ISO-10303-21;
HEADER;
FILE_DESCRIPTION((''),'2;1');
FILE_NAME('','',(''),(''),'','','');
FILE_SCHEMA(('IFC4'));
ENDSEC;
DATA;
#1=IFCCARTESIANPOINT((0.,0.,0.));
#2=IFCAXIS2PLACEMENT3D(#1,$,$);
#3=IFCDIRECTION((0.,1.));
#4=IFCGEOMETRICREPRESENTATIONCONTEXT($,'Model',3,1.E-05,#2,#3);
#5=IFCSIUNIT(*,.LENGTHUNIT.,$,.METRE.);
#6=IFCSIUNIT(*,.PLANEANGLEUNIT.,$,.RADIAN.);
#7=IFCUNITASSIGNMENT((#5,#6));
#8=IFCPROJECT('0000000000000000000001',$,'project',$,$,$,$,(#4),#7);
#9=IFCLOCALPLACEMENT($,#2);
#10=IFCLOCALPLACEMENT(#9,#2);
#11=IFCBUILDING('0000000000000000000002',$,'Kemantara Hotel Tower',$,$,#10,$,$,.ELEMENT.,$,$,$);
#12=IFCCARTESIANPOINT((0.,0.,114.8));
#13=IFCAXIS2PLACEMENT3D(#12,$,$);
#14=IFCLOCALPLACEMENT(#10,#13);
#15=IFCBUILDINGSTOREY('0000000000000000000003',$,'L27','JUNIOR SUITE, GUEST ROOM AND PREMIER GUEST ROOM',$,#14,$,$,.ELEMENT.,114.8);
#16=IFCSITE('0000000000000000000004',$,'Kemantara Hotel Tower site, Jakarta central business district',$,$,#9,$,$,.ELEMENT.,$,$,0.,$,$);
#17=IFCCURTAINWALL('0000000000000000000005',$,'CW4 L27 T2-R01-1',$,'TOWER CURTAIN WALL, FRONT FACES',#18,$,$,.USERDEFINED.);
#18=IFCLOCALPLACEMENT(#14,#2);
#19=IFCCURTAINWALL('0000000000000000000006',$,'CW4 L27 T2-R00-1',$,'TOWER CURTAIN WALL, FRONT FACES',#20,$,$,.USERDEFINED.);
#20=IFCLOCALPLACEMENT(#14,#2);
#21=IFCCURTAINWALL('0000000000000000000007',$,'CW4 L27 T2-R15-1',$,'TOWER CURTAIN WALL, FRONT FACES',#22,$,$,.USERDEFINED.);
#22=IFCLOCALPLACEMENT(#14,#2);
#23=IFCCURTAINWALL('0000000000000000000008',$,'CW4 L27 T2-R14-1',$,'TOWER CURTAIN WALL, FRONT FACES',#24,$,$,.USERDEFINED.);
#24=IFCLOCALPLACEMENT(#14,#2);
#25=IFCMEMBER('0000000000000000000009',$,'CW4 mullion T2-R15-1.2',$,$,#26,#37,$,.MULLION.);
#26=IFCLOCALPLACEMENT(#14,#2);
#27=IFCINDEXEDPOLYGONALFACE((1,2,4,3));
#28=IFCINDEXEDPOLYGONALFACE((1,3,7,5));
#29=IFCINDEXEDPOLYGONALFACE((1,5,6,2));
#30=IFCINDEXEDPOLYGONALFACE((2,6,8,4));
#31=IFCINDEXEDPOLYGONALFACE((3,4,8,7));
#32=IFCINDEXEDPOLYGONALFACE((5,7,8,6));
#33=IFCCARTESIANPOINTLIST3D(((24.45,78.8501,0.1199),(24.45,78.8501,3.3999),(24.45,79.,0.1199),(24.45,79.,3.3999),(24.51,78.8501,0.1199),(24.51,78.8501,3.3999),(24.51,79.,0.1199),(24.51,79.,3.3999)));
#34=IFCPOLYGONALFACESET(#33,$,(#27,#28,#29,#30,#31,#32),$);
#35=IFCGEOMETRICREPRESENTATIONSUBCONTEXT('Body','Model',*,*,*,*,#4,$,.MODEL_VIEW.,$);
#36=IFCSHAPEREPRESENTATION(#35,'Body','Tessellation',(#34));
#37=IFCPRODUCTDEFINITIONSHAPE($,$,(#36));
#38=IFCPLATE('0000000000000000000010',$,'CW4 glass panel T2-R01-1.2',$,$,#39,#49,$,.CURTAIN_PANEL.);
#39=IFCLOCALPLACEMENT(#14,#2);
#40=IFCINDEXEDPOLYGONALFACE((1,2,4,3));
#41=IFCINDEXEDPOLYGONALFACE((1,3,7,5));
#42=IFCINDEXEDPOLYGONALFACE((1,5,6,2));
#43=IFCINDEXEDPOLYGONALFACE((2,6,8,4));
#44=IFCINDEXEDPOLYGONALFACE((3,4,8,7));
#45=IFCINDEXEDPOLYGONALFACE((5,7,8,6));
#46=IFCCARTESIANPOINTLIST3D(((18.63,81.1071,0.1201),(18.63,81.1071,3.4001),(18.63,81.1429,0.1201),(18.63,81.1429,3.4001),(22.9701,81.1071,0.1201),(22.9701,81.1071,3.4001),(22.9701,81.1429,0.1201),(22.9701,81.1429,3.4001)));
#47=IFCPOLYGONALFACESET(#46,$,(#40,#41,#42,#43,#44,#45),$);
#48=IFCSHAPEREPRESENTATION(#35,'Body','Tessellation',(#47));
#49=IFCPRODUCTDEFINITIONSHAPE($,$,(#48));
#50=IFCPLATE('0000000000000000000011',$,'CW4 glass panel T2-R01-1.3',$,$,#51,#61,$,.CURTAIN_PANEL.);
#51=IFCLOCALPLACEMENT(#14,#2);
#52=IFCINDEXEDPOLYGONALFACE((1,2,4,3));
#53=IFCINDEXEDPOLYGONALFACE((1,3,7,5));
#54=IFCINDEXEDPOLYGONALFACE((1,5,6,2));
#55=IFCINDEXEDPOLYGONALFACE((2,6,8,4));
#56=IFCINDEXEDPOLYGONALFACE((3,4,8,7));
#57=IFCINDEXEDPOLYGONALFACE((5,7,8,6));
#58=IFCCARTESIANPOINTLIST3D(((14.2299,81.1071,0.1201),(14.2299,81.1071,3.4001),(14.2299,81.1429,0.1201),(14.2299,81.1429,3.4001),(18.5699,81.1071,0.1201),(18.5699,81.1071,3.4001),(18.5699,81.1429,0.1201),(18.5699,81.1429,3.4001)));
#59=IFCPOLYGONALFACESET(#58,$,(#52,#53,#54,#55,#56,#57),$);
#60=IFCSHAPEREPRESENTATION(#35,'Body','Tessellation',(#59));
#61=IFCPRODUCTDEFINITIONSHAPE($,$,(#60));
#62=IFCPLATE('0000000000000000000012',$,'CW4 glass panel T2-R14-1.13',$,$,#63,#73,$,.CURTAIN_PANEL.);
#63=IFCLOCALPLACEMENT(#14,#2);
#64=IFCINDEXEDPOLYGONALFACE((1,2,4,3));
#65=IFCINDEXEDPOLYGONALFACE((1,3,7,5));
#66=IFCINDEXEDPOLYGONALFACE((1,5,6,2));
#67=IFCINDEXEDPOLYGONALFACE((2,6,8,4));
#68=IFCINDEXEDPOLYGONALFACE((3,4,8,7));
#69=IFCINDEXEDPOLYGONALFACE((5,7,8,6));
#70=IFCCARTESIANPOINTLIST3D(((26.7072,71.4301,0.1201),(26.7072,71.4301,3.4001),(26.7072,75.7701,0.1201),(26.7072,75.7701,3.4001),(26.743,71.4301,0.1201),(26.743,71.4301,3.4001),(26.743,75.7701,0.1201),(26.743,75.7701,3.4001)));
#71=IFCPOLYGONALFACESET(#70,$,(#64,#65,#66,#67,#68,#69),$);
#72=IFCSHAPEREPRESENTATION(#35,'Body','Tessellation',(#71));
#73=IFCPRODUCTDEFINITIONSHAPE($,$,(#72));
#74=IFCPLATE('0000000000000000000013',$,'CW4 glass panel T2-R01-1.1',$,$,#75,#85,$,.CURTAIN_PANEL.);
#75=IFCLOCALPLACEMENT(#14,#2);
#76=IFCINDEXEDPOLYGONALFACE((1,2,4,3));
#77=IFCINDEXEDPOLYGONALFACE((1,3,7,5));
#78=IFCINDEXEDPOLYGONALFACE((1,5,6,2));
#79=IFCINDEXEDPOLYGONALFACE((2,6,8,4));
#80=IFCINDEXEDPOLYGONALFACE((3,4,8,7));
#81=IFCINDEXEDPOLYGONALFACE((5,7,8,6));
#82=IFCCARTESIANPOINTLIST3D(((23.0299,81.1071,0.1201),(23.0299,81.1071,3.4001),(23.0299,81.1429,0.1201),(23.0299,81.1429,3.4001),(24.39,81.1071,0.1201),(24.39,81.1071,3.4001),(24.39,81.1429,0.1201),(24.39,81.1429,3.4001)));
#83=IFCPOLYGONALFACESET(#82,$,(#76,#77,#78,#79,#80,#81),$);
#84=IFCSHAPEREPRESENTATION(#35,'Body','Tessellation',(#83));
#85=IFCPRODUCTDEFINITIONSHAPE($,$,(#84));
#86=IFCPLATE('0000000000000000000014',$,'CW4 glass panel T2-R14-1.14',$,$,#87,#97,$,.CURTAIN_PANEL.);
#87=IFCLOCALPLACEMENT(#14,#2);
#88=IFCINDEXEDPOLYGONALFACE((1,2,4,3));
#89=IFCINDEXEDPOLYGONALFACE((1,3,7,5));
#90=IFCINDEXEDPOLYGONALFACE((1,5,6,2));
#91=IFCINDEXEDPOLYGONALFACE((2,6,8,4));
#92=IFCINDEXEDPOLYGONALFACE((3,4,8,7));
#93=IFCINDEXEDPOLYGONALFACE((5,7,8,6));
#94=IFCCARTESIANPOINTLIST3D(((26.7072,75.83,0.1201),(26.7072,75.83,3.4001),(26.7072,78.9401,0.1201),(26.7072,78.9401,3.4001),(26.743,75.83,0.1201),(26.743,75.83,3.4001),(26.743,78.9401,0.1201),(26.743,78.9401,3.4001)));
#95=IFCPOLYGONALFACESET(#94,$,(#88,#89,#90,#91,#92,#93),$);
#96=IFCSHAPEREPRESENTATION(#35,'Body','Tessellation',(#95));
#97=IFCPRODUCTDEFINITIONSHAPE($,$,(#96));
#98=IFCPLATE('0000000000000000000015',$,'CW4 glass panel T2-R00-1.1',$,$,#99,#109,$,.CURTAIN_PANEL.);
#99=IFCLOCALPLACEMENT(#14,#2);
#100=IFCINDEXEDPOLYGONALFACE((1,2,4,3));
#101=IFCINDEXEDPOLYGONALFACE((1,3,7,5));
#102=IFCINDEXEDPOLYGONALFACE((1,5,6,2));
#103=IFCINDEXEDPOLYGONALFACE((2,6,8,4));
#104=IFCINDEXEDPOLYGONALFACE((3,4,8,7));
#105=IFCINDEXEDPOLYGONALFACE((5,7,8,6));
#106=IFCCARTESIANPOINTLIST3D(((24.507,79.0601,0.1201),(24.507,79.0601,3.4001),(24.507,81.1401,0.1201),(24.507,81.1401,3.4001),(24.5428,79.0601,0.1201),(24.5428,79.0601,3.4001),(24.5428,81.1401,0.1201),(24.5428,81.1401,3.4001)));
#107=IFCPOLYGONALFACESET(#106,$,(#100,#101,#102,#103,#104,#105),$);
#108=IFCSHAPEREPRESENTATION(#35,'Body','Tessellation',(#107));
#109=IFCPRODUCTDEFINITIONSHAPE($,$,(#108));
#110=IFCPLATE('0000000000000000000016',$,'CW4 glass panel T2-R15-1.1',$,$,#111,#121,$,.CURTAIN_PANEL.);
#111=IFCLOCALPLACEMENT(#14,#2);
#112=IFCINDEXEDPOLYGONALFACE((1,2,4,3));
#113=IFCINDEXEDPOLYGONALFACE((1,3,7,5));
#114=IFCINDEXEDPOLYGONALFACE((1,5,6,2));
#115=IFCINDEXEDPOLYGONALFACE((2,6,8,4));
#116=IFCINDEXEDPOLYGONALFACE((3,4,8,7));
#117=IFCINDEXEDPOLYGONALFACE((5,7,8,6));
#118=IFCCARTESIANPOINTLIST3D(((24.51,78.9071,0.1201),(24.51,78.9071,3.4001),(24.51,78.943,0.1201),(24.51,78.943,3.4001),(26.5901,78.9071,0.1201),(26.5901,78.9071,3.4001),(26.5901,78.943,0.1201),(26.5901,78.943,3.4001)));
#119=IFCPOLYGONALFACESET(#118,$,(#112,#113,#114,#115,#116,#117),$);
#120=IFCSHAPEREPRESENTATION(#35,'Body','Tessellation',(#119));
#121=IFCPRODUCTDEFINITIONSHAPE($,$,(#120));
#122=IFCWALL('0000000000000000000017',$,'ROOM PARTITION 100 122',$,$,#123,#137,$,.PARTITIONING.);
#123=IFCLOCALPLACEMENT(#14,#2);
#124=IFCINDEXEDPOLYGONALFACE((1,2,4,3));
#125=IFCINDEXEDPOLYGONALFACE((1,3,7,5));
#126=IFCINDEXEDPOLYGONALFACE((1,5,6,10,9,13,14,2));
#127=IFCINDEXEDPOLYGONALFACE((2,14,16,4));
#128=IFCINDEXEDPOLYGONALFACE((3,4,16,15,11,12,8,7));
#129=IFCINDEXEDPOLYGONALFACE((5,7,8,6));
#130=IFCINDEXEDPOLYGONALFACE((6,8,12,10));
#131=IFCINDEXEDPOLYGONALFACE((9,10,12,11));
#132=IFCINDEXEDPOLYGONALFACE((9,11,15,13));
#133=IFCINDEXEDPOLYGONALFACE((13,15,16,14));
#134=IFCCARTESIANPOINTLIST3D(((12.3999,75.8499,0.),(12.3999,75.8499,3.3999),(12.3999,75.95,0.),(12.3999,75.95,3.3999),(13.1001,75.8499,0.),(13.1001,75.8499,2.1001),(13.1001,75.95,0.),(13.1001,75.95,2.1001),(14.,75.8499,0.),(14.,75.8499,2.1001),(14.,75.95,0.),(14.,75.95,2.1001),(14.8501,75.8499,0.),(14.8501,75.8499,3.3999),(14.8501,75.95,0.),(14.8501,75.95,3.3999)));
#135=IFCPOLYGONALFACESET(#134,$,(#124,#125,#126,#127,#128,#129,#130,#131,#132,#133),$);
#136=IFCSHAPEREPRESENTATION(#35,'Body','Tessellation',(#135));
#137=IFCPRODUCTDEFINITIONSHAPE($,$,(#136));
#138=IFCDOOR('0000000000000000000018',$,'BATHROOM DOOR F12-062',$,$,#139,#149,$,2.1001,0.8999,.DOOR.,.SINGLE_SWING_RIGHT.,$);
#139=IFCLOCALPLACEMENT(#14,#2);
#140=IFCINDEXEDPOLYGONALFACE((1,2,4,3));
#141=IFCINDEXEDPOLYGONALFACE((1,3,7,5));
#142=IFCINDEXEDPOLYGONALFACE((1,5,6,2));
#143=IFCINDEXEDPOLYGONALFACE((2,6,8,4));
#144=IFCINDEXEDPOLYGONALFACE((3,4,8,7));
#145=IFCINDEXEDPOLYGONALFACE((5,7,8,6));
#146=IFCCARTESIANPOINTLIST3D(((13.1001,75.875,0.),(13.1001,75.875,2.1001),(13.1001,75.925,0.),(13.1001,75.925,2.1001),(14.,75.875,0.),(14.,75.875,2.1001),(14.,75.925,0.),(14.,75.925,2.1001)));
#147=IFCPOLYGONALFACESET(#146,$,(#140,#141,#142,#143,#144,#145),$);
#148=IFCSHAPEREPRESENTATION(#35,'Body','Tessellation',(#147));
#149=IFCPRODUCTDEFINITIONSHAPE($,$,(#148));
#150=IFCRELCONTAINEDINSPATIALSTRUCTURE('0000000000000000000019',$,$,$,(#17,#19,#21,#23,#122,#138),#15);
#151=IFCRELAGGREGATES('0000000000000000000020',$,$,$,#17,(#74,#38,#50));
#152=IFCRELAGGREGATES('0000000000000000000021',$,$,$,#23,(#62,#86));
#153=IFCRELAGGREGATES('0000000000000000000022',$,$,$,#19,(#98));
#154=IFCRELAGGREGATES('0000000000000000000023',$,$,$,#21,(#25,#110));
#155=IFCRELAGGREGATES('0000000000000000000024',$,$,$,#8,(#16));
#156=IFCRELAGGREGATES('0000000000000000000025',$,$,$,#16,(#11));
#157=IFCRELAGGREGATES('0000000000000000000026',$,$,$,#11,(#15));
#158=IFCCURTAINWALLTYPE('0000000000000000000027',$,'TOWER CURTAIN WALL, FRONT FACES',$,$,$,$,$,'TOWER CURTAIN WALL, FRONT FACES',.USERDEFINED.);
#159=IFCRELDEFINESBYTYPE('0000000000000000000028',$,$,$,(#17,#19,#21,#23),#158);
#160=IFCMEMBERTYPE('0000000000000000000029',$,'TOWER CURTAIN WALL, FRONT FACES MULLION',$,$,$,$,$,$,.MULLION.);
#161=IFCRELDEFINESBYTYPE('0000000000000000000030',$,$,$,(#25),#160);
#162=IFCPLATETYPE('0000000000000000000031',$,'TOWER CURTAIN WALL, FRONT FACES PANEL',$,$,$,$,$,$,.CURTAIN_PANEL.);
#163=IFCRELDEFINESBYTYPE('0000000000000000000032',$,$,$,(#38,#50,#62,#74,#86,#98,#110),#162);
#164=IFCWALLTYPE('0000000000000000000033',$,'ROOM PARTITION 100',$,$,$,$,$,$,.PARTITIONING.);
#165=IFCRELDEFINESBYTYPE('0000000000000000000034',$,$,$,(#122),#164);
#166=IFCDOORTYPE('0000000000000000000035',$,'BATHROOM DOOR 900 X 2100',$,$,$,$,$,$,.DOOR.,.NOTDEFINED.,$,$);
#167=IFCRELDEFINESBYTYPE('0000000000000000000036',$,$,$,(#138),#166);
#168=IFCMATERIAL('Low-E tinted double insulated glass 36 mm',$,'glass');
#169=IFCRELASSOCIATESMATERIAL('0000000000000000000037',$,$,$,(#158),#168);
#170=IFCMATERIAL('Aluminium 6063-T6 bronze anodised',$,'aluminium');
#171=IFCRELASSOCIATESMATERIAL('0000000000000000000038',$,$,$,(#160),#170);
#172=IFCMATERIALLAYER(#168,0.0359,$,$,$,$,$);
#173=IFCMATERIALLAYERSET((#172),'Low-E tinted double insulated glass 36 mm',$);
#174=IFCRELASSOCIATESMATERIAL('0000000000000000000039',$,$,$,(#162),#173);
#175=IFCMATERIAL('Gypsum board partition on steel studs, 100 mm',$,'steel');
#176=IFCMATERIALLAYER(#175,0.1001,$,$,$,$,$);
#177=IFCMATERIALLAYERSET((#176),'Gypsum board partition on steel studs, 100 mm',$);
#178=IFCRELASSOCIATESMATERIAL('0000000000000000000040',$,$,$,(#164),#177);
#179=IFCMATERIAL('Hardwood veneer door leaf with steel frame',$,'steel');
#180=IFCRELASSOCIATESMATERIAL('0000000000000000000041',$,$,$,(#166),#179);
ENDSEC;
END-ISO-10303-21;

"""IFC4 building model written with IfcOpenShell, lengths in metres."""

from ifc_helpers import new_model, si_unit, direction, frame, frame_2d, origin, origin_2d, place, context, subcontext, project, spatial, rectangle, extrude, source, transform, mapped, material, layer, layer_set, material_profile, profile_set, type_object, element, fill, aggregate, save


model = new_model("IFC4")

# Units and contexts
model_context = context("Model", 3, precision=1e-05, world=origin(), true_north=direction((0.0, 1.0)))
body_context = subcontext(model_context, "Body", "Model", "MODEL_VIEW")
ifc_project = project(units=[si_unit("LENGTHUNIT", "METRE"), si_unit("PLANEANGLEUNIT", "RADIAN")], contexts=[model_context])

# Site, building, storey
site_placement = place(None, origin())
site = spatial("IfcSite", under=ifc_project, at=site_placement, Name="Kemantara Hotel Tower site, Jakarta central business district", CompositionType="ELEMENT", RefElevation=0.0)
building_placement = place(site_placement, origin())
building = spatial("IfcBuilding", under=site, at=building_placement, Name="Kemantara Hotel Tower", CompositionType="ELEMENT")
storey_placement = place(building_placement, frame((0.0, 0.0, 114.8)))
storey = spatial("IfcBuildingStorey", under=building, at=storey_placement, Name="L27", Description="JUNIOR SUITE, GUEST ROOM AND PREMIER GUEST ROOM", CompositionType="ELEMENT", Elevation=114.8)

# Curtain walls
ifc_material_1 = material(Name="Low-E tinted double insulated glass 36 mm", Category="glass")
curtain_wall_type = type_object("IfcCurtainWallType", Name="TOWER CURTAIN WALL, FRONT FACES", ElementType="TOWER CURTAIN WALL, FRONT FACES", PredefinedType="USERDEFINED", material=ifc_material_1)
curtain_wall_1_placement = place(storey_placement, origin())
curtain_wall_1 = element("IfcCurtainWall", 1, at=curtain_wall_1_placement, inside=storey, type_object=curtain_wall_type, Name="CW4 L27 T2-R01-1", ObjectType="TOWER CURTAIN WALL, FRONT FACES", PredefinedType="USERDEFINED")
ifc_material_2 = material(Name="Aluminium 6063-T6 bronze anodised", Category="aluminium")
curtain_wall_2_placement = place(storey_placement, origin())
curtain_wall_2 = element("IfcCurtainWall", 2, at=curtain_wall_2_placement, inside=storey, type_object=curtain_wall_type, Name="CW4 L27 T2-R00-1", ObjectType="TOWER CURTAIN WALL, FRONT FACES", PredefinedType="USERDEFINED")
curtain_wall_3_placement = place(storey_placement, origin())
curtain_wall_3 = element("IfcCurtainWall", 3, at=curtain_wall_3_placement, inside=storey, type_object=curtain_wall_type, Name="CW4 L27 T2-R15-1", ObjectType="TOWER CURTAIN WALL, FRONT FACES", PredefinedType="USERDEFINED")

# Shared definitions
ifc_material_profile_1 = material_profile(ifc_material_2, rectangle(XDim=0.1499, YDim=0.0601, at=origin_2d()), Name="TOWER CURTAIN WALL, FRONT FACES MULLION")
ifc_profile_set_1 = profile_set([ifc_material_profile_1], Name="Aluminium 6063-T6 bronze anodised")
member_type_1 = type_object("IfcMemberType", Name="TOWER CURTAIN WALL, FRONT FACES MULLION", PredefinedType="MULLION", material=ifc_profile_set_1)
shared_shape_1 = source(origin(), body_context, "Body", "SweptSolid", [
    extrude(rectangle(XDim=0.1499, YDim=0.0601, at=origin_2d()), origin(), (0.0, 0.0, 1.0), 3.28),
])

# Curtain wall
curtain_wall_4_placement = place(storey_placement, origin())
curtain_wall_4 = element("IfcCurtainWall", 4, at=curtain_wall_4_placement, inside=storey, type_object=curtain_wall_type, Name="CW4 L27 T2-R14-1", ObjectType="TOWER CURTAIN WALL, FRONT FACES", PredefinedType="USERDEFINED")

# Member
member_1_placement = place(storey_placement, frame((24.48, 78.925, 0.1199), z_axis=(0.0, 0.0, 1.0), x_axis=(0.0, -1.0, 0.0)))
member_1 = element("IfcMember", 5, at=member_1_placement, type_object=member_type_1, Name="CW4 mullion T2-R15-1.2", PredefinedType="MULLION", context=body_context, shape_type="MappedRepresentation", body=[
    mapped(shared_shape_1, transform((0.0, 0.0, 0.0))),
])

# Plates
ifc_layer_1 = layer(ifc_material_1, 0.0359)
ifc_layer_set_1 = layer_set([ifc_layer_1], Name="Low-E tinted double insulated glass 36 mm")
plate_type = type_object("IfcPlateType", Name="TOWER CURTAIN WALL, FRONT FACES PANEL", PredefinedType="CURTAIN_PANEL", material=ifc_layer_set_1)
shared_shape_2 = source(origin(), body_context, "Body", "SweptSolid", [
    extrude(rectangle(XDim=4.3401, YDim=0.0359, at=origin_2d()), origin(), (0.0, 0.0, 1.0), 3.28),
])
plate_1_placement = place(storey_placement, frame((20.8, 81.125, 0.1201), z_axis=(0.0, 0.0, 1.0), x_axis=(-1.0, 0.0, 0.0)))
plate_1 = element("IfcPlate", 6, at=plate_1_placement, type_object=plate_type, Name="CW4 glass panel T2-R01-1.2", PredefinedType="CURTAIN_PANEL", context=body_context, shape_type="MappedRepresentation", body=[
    mapped(shared_shape_2, transform((0.0, 0.0, 0.0))),
])
plate_2_placement = place(storey_placement, frame((16.3999, 81.125, 0.1201), z_axis=(0.0, 0.0, 1.0), x_axis=(-1.0, 0.0, 0.0)))
plate_2 = element("IfcPlate", 7, at=plate_2_placement, type_object=plate_type, Name="CW4 glass panel T2-R01-1.3", PredefinedType="CURTAIN_PANEL", context=body_context, shape_type="MappedRepresentation", body=[
    mapped(shared_shape_2, transform((0.0, 0.0, 0.0))),
])
plate_3_placement = place(storey_placement, frame((26.7251, 73.6001, 0.1201), z_axis=(0.0, 0.0, 1.0), x_axis=(0.0, 1.0, 0.0)))
plate_3 = element("IfcPlate", 8, at=plate_3_placement, type_object=plate_type, Name="CW4 glass panel T2-R14-1.13", PredefinedType="CURTAIN_PANEL", context=body_context, shape_type="MappedRepresentation", body=[
    mapped(shared_shape_2, transform((0.0, 0.0, 0.0))),
])
shared_shape_3 = source(origin(), body_context, "Body", "SweptSolid", [
    extrude(rectangle(XDim=1.3601, YDim=0.0359, at=origin_2d()), origin(), (0.0, 0.0, 1.0), 3.28),
])
plate_4_placement = place(storey_placement, frame((23.71, 81.125, 0.1201), z_axis=(0.0, 0.0, 1.0), x_axis=(-1.0, 0.0, 0.0)))
plate_4 = element("IfcPlate", 9, at=plate_4_placement, type_object=plate_type, Name="CW4 glass panel T2-R01-1.1", PredefinedType="CURTAIN_PANEL", context=body_context, shape_type="MappedRepresentation", body=[
    mapped(shared_shape_3, transform((0.0, 0.0, 0.0))),
])
aggregate(curtain_wall_1, [plate_4, plate_1, plate_2])
shared_shape_4 = source(origin(), body_context, "Body", "SweptSolid", [
    extrude(rectangle(XDim=3.1101, YDim=0.0359, at=origin_2d()), origin(), (0.0, 0.0, 1.0), 3.28),
])
plate_5_placement = place(storey_placement, frame((26.7251, 77.385, 0.1201), z_axis=(0.0, 0.0, 1.0), x_axis=(0.0, 1.0, 0.0)))
plate_5 = element("IfcPlate", 10, at=plate_5_placement, type_object=plate_type, Name="CW4 glass panel T2-R14-1.14", PredefinedType="CURTAIN_PANEL", context=body_context, shape_type="MappedRepresentation", body=[
    mapped(shared_shape_4, transform((0.0, 0.0, 0.0))),
])
aggregate(curtain_wall_4, [plate_3, plate_5])
shared_shape_5 = source(origin(), body_context, "Body", "SweptSolid", [
    extrude(rectangle(XDim=2.0801, YDim=0.0359, at=origin_2d()), origin(), (0.0, 0.0, 1.0), 3.28),
])
plate_6_placement = place(storey_placement, frame((24.5249, 80.1001, 0.1201), z_axis=(0.0, 0.0, 1.0), x_axis=(0.0, 1.0, 0.0)))
plate_6 = element("IfcPlate", 11, at=plate_6_placement, type_object=plate_type, Name="CW4 glass panel T2-R00-1.1", PredefinedType="CURTAIN_PANEL", context=body_context, shape_type="MappedRepresentation", body=[
    mapped(shared_shape_5, transform((0.0, 0.0, 0.0))),
])
aggregate(curtain_wall_2, [plate_6])
plate_7_placement = place(storey_placement, frame((25.55, 78.925, 0.1201), z_axis=(0.0, 0.0, 1.0), x_axis=(-1.0, 0.0, 0.0)))
plate_7 = element("IfcPlate", 12, at=plate_7_placement, type_object=plate_type, Name="CW4 glass panel T2-R15-1.1", PredefinedType="CURTAIN_PANEL", context=body_context, shape_type="MappedRepresentation", body=[
    mapped(shared_shape_5, transform((0.0, 0.0, 0.0))),
])
aggregate(curtain_wall_3, [member_1, plate_7])

# Wall, opening, door
ifc_material_3 = material(Name="Gypsum board partition on steel studs, 100 mm", Category="steel")
ifc_layer_2 = layer(ifc_material_3, 0.1001)
ifc_layer_set_2 = layer_set([ifc_layer_2], Name="Gypsum board partition on steel studs, 100 mm")
wall_type = type_object("IfcWallType", Name="ROOM PARTITION 100", PredefinedType="PARTITIONING", material=ifc_layer_set_2)
wall_placement = place(storey_placement, frame((14.8501, 75.8999, 0.0), z_axis=(0.0, 0.0, 1.0), x_axis=(-1.0, 0.0, 0.0)))
wall = element("IfcWall", 13, at=wall_placement, inside=storey, type_object=wall_type, Name="ROOM PARTITION 100 122", PredefinedType="PARTITIONING", context=body_context, shape_type="SweptSolid", body=[
    extrude(rectangle(XDim=2.4502, YDim=0.1001, at=frame_2d((1.2251, 0.0))), origin(), (0.0, 0.0, 1.0), 3.3999),
])
opening_placement = place(wall_placement, frame((0.8501, 0.0, 0.0)))
opening = element("IfcOpeningElement", 14, at=opening_placement, cuts=wall, PredefinedType="OPENING", context=body_context, shape_type="SweptSolid", body=[
    extrude(rectangle(XDim=0.8999, YDim=2.1001, at=frame_2d((0.45, 1.05))), frame((0.0, 0.0601, 0.0), z_axis=(0.0, -1.0, 0.0), x_axis=(1.0, 0.0, 0.0)), (0.0, 0.0, 1.0), 0.1201),
])
ifc_material_4 = material(Name="Hardwood veneer door leaf with steel frame", Category="steel")
door_type = type_object("IfcDoorType", Name="BATHROOM DOOR 900 X 2100", OperationType="NOTDEFINED", PredefinedType="DOOR", material=ifc_material_4)
door_placement = place(opening_placement, origin())
door = element("IfcDoor", 15, at=door_placement, inside=storey, type_object=door_type, Name="BATHROOM DOOR F12-062", OperationType="SINGLE_SWING_RIGHT", OverallHeight=2.1001, OverallWidth=0.8999, PredefinedType="DOOR", context=body_context, shape_type="SweptSolid", body=[
    extrude(rectangle(XDim=0.8999, YDim=2.1001, at=frame_2d((0.45, 1.05))), frame((0.0, 0.0249, 0.0), z_axis=(0.0, -1.0, 0.0), x_axis=(1.0, 0.0, 0.0)), (0.0, 0.0, 1.0), 0.05),
])
fill(opening, door)

save(model, "model.ifc")
